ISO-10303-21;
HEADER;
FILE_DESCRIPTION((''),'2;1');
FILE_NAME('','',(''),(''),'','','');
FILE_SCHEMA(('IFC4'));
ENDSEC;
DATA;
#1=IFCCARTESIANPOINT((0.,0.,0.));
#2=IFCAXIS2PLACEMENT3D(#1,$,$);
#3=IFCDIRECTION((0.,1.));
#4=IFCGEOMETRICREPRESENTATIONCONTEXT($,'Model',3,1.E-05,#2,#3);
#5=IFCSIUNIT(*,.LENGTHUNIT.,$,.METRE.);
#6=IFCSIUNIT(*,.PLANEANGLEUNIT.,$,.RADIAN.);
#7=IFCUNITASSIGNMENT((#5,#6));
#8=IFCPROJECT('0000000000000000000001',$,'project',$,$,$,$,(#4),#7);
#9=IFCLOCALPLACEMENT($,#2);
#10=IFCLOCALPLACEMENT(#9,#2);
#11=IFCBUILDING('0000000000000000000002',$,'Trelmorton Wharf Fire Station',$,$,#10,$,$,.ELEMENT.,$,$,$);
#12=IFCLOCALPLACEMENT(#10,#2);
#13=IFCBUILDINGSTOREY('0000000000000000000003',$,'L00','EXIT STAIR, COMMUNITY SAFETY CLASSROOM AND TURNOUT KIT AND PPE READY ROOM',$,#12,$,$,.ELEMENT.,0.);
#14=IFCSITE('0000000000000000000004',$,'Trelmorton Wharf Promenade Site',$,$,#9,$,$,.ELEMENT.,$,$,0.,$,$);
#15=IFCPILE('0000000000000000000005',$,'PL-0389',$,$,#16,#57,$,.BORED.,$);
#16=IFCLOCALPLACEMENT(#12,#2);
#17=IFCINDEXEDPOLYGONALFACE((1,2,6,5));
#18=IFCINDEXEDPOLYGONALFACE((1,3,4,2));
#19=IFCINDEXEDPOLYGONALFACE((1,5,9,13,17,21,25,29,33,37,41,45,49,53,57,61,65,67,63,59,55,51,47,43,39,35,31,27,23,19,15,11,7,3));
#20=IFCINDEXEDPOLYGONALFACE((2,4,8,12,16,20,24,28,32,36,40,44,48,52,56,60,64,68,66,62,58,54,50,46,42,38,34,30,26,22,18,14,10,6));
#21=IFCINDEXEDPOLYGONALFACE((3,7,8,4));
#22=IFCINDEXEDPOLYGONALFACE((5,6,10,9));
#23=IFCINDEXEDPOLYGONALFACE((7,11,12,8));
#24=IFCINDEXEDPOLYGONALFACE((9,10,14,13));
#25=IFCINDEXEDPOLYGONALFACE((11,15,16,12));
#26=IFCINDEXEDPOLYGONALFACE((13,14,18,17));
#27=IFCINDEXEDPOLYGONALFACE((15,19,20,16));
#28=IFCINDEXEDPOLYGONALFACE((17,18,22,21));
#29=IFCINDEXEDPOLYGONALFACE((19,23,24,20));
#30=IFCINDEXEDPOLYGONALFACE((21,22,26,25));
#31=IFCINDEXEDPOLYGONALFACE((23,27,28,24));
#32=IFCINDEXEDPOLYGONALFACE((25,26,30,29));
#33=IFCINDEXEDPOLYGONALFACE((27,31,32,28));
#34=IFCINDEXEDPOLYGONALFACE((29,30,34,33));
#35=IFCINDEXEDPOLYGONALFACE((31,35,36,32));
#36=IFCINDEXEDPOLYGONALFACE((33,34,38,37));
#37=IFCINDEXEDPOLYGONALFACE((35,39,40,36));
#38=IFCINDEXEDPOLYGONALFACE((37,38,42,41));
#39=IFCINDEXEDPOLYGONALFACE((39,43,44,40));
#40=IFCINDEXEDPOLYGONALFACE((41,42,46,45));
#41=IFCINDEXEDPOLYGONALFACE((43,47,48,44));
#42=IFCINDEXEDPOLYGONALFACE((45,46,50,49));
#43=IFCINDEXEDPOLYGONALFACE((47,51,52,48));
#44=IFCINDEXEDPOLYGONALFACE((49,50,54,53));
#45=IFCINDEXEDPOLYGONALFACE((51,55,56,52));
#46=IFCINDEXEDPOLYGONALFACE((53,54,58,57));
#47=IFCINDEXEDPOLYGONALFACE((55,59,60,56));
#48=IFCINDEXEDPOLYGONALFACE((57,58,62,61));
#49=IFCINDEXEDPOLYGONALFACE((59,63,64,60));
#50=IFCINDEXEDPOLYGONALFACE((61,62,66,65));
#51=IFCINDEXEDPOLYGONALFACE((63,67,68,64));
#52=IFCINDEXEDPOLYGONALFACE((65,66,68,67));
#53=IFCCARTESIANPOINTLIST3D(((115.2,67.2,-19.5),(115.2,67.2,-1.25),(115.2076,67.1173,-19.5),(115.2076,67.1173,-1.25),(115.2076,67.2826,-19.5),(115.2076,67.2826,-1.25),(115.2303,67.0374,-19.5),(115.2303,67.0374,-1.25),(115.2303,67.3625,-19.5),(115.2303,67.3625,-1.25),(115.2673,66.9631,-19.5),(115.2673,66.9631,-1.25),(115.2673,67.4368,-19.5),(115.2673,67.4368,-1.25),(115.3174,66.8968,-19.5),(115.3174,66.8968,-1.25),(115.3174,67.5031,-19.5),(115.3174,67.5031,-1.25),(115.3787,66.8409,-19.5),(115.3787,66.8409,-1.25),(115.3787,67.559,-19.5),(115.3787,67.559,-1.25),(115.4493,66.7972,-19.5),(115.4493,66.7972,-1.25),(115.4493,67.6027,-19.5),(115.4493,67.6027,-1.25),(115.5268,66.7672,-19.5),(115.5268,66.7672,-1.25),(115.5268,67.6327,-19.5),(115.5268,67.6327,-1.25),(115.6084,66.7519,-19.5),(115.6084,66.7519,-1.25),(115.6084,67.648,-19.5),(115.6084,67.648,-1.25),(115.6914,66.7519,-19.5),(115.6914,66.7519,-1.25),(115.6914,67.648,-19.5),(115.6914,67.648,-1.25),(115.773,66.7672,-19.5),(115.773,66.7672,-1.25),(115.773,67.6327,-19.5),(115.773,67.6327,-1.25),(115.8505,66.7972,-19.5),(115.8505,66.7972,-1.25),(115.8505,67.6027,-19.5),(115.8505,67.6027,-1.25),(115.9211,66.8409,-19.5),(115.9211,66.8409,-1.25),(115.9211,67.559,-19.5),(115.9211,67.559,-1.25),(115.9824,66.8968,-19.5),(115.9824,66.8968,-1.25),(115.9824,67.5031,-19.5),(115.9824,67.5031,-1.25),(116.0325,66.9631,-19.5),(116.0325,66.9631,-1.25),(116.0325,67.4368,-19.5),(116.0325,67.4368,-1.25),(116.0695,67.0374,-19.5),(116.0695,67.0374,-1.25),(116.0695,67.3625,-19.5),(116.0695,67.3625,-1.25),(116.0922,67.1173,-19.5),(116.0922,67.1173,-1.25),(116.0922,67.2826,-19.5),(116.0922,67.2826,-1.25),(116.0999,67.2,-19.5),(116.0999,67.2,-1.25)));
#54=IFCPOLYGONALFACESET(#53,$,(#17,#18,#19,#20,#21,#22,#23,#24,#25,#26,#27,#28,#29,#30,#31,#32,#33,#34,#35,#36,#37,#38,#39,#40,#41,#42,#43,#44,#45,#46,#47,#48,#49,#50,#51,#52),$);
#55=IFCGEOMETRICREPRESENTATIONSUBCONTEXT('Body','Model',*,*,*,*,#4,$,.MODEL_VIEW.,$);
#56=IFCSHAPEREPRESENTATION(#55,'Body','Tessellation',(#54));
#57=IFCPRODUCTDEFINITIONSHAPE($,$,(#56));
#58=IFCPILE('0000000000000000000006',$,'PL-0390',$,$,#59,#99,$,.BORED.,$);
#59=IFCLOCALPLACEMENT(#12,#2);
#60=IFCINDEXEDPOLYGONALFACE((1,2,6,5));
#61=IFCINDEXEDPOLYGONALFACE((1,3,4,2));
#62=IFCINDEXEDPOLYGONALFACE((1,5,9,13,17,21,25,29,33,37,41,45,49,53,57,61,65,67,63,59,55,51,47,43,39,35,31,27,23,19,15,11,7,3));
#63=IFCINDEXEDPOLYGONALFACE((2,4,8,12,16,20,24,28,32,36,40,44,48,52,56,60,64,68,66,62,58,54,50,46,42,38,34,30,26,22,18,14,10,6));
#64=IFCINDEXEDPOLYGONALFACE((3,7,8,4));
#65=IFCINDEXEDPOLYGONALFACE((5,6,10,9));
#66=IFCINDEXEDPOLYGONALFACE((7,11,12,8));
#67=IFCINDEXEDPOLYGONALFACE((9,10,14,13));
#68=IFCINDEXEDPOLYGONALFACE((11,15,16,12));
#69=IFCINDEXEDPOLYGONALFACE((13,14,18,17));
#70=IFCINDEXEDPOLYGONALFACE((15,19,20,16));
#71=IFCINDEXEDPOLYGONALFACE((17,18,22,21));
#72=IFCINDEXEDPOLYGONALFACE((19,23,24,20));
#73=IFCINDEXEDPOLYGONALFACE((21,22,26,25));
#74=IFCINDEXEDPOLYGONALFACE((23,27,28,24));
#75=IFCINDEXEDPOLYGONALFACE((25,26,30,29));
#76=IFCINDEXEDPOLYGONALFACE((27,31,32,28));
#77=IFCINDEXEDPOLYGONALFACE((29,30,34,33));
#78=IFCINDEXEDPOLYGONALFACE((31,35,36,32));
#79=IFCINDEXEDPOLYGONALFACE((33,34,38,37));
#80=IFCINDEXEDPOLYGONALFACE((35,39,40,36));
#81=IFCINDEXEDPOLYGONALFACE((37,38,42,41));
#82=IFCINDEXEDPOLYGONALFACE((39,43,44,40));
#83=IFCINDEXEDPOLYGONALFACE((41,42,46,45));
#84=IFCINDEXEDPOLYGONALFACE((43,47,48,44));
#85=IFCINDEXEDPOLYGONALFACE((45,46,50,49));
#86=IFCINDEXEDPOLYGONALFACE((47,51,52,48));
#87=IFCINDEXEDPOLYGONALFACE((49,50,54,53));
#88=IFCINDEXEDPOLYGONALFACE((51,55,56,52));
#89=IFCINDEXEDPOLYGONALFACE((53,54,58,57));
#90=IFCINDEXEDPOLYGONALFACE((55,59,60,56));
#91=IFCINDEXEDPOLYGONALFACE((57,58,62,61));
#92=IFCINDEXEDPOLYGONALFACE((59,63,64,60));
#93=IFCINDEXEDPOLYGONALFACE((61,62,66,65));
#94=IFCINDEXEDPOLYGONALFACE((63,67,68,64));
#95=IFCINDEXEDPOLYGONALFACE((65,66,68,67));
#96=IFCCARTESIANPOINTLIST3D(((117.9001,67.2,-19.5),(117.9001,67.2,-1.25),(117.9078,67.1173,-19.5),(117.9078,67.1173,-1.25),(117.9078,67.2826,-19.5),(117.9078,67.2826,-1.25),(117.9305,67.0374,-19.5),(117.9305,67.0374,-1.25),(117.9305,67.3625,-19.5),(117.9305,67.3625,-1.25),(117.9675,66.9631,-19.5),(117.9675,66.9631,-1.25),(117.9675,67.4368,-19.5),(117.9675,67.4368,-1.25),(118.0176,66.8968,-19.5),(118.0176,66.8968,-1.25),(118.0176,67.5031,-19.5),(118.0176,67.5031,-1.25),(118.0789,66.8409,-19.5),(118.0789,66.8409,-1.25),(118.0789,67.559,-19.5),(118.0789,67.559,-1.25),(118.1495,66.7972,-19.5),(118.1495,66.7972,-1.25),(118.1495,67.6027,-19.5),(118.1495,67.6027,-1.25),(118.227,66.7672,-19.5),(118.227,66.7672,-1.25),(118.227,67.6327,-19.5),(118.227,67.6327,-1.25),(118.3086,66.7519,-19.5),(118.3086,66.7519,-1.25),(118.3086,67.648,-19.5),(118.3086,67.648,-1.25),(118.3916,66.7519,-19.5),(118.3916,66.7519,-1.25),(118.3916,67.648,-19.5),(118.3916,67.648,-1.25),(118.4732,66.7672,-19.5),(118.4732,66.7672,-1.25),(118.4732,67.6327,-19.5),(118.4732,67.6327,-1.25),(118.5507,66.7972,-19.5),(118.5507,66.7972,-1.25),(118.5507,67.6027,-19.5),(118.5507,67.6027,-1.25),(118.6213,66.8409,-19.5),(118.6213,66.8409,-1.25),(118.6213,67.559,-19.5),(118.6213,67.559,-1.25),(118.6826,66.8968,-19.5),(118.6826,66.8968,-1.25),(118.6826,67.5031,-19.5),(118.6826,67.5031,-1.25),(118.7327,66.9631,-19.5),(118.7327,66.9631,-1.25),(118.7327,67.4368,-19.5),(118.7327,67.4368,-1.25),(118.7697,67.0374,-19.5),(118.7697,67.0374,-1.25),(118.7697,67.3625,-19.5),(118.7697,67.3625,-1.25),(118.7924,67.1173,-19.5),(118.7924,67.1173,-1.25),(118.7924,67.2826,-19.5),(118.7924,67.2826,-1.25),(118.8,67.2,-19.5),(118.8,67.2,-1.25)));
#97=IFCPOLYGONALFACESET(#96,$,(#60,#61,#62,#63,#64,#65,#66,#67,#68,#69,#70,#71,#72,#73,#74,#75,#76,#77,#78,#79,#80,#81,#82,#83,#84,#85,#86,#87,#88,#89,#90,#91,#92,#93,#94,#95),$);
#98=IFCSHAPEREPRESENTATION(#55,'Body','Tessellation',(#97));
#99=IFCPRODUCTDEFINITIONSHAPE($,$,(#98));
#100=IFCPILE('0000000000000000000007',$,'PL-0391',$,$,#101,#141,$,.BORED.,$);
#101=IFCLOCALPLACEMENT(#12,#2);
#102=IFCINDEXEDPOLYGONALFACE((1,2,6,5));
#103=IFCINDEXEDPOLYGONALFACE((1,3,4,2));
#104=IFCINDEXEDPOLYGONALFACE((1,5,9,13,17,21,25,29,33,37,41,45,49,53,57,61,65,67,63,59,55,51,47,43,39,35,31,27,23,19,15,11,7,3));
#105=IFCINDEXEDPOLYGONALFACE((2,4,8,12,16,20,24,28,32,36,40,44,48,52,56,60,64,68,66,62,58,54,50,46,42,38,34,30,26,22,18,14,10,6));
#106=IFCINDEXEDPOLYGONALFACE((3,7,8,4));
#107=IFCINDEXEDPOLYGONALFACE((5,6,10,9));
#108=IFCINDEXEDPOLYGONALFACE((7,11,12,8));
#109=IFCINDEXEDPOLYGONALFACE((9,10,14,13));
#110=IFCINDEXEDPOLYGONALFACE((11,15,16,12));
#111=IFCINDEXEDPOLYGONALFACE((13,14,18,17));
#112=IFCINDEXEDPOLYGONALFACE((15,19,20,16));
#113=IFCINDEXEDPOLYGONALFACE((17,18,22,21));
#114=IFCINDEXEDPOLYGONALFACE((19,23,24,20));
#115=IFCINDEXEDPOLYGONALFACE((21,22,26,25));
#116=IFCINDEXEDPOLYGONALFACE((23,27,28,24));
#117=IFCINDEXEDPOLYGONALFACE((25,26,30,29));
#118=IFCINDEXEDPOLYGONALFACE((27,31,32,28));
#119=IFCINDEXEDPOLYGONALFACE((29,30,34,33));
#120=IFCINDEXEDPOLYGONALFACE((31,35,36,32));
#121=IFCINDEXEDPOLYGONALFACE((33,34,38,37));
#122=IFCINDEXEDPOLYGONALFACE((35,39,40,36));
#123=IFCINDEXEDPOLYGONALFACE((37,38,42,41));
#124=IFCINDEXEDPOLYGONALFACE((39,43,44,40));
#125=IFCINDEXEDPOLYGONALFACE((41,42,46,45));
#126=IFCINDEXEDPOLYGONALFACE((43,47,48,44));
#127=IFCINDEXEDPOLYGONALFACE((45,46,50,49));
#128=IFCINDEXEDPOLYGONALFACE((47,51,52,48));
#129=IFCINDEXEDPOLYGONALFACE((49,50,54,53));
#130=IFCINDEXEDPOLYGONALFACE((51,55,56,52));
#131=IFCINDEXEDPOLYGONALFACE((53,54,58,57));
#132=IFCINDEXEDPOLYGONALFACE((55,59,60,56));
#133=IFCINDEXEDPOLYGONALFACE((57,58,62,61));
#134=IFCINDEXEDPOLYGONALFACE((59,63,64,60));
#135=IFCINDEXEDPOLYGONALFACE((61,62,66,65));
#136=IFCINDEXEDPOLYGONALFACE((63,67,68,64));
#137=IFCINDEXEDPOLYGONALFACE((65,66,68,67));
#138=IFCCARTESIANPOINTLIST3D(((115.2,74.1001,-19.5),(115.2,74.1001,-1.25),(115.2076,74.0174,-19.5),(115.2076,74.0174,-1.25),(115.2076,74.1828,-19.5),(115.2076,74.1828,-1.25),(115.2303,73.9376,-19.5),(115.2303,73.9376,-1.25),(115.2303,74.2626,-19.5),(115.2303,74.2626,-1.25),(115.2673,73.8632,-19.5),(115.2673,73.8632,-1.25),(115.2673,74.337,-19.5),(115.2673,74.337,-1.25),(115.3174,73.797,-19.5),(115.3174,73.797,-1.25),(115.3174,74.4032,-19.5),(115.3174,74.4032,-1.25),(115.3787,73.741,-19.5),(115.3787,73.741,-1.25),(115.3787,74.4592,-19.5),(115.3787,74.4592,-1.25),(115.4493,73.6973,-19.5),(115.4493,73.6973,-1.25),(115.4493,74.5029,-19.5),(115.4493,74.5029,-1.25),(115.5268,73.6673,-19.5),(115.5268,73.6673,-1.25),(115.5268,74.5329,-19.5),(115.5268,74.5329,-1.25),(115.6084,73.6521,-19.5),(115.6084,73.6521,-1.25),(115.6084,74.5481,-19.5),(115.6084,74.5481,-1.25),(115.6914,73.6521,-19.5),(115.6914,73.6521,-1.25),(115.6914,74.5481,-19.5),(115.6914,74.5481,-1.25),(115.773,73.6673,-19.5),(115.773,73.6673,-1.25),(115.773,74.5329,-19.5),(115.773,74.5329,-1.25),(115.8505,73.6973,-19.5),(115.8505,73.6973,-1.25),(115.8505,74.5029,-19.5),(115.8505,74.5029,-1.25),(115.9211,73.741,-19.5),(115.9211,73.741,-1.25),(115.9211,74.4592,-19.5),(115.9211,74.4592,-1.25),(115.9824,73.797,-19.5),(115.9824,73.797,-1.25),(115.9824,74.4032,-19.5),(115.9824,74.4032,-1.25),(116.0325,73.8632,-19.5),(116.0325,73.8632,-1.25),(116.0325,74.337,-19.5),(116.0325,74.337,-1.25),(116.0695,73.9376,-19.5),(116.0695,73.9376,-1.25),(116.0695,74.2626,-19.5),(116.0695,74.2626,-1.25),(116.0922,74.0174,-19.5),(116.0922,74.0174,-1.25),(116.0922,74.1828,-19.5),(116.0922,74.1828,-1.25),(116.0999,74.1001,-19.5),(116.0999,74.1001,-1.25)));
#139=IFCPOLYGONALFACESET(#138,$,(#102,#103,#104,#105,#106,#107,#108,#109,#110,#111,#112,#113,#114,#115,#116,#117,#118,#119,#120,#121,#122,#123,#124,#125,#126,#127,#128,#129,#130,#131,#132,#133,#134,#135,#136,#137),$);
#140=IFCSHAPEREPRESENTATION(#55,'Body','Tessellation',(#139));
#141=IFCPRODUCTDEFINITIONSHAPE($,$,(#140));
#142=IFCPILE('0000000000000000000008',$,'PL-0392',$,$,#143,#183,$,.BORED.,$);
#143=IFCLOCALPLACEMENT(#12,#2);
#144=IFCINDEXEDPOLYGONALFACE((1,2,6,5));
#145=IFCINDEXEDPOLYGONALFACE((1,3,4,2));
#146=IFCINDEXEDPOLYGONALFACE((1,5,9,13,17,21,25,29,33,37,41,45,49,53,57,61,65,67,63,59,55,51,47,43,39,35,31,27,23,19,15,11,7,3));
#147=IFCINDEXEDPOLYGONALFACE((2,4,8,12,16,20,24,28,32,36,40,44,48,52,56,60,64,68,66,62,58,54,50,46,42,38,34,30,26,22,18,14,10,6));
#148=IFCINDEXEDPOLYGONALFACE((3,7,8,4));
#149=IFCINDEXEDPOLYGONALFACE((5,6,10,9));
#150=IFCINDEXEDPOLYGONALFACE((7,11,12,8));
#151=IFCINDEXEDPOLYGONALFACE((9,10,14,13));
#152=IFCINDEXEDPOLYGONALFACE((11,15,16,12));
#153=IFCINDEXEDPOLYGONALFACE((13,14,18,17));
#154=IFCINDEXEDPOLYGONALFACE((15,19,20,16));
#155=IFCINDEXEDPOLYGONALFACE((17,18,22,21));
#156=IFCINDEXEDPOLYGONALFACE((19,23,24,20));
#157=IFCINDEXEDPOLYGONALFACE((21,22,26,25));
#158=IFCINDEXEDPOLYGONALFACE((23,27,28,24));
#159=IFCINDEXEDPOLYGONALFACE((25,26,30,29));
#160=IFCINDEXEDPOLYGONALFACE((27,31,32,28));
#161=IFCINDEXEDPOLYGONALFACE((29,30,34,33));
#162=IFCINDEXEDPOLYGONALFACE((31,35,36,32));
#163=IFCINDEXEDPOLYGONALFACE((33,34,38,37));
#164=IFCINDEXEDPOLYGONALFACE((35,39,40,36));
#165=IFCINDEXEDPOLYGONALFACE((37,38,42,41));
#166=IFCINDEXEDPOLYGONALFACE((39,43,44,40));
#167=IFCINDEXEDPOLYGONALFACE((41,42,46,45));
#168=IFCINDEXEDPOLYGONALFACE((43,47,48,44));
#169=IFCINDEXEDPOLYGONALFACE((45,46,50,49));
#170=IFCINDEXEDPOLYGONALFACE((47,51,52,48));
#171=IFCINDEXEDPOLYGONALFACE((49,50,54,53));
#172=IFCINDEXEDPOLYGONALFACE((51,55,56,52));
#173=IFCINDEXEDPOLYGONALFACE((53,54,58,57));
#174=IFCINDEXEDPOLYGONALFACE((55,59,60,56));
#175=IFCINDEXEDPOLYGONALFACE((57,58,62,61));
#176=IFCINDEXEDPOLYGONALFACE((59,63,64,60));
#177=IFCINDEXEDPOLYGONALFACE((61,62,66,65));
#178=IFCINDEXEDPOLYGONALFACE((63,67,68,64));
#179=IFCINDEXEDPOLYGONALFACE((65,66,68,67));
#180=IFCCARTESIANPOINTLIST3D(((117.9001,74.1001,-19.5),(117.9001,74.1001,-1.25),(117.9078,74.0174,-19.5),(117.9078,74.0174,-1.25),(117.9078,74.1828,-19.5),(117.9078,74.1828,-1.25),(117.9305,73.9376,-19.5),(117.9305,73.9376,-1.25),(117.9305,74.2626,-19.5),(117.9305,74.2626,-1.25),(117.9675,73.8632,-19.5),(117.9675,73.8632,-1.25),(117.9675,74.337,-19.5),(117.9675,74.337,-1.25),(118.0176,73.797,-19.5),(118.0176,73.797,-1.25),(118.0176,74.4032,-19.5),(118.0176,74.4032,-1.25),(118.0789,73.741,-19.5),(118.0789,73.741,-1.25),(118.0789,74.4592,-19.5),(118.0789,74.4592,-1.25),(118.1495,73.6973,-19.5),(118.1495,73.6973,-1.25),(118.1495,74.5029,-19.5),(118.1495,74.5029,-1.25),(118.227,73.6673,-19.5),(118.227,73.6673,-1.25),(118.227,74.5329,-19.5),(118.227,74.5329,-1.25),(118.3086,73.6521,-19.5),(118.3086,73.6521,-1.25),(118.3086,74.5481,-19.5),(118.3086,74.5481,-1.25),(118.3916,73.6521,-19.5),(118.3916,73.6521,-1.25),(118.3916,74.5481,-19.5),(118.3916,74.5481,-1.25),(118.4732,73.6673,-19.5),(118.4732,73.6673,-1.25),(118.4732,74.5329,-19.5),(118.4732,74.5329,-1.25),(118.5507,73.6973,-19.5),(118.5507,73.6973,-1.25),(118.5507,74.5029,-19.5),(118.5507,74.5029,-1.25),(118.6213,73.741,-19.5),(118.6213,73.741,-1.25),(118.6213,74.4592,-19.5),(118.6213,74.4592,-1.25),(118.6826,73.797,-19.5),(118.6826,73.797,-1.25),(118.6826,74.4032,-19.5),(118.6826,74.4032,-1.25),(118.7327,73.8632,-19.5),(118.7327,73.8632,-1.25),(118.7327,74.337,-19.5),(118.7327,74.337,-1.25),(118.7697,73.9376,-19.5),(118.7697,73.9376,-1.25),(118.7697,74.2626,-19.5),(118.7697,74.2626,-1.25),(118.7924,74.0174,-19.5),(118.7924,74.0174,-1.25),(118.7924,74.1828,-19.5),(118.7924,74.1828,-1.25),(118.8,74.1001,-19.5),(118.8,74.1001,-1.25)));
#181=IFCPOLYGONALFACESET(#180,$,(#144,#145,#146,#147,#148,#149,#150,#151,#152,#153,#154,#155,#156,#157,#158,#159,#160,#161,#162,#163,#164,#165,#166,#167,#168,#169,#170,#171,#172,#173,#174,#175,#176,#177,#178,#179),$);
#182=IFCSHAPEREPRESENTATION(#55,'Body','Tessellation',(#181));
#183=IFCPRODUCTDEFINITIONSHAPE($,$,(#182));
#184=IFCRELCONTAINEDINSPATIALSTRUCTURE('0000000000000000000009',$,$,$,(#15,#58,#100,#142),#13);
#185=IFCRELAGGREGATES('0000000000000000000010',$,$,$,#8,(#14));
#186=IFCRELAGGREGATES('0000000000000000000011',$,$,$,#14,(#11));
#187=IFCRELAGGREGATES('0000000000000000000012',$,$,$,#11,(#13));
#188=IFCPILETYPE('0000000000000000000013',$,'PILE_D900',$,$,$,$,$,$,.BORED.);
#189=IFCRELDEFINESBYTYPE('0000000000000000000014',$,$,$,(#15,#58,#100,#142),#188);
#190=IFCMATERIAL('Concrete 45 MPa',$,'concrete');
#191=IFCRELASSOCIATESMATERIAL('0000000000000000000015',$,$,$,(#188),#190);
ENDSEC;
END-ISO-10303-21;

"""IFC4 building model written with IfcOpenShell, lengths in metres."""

from ifc_helpers import new_model, si_unit, direction, frame, origin, origin_2d, place, context, subcontext, project, spatial, circle, extrude, material, material_profile, profile_set, type_object, element, save


model = new_model("IFC4")

# Units and contexts
model_context = context("Model", 3, precision=1e-05, world=origin(), true_north=direction((0.0, 1.0)))
body_context = subcontext(model_context, "Body", "Model", "MODEL_VIEW")
ifc_project = project(units=[si_unit("LENGTHUNIT", "METRE"), si_unit("PLANEANGLEUNIT", "RADIAN")], contexts=[model_context])

# Site, building, storey
site_placement = place(None, origin())
site = spatial("IfcSite", under=ifc_project, at=site_placement, Name="Trelmorton Wharf Promenade Site", CompositionType="ELEMENT", RefElevation=0.0)
building_placement = place(site_placement, origin())
building = spatial("IfcBuilding", under=site, at=building_placement, Name="Trelmorton Wharf Fire Station", CompositionType="ELEMENT")
storey_placement = place(building_placement, origin())
storey = spatial("IfcBuildingStorey", under=building, at=storey_placement, Name="L00", Description="EXIT STAIR, COMMUNITY SAFETY CLASSROOM AND TURNOUT KIT AND PPE READY ROOM", CompositionType="ELEMENT", Elevation=0.0)

# Piles
ifc_material_1 = material(Name="Concrete 45 MPa", Category="concrete")
ifc_material_profile_1 = material_profile(ifc_material_1, circle(Radius=0.45, at=origin_2d()), Name="PILE-D900")
ifc_profile_set_1 = profile_set([ifc_material_profile_1], Name="Concrete 45 MPa")
pile_type = type_object("IfcPileType", Name="PILE_D900", PredefinedType="BORED", material=ifc_profile_set_1)
for number, where, z_axis, x_axis, name in (
    (1, (115.6499, 67.2, -1.25), (0.0, 0.0, -1.0), (1.0, 0.0, 0.0), "PL-0389"),
    (2, (118.3501, 67.2, -1.25), (0.0, 0.0, -1.0), (1.0, 0.0, 0.0), "PL-0390"),
    (3, (115.6499, 74.1001, -1.25), (0.0, 0.0, -1.0), (1.0, 0.0, 0.0), "PL-0391"),
    (4, (118.3501, 74.1001, -1.25), (0.0, 0.0, -1.0), (1.0, 0.0, 0.0), "PL-0392"),
):
    element("IfcPile", number, at=place(storey_placement, frame(where, z_axis=z_axis, x_axis=x_axis)), inside=storey, type_object=pile_type, Name=name, PredefinedType="BORED", context=body_context, shape_type="SweptSolid", body=[
        extrude(circle(Radius=0.45, at=origin_2d()), origin(), (0.0, 0.0, 1.0), 18.25),
    ])

save(model, "model.ifc")
